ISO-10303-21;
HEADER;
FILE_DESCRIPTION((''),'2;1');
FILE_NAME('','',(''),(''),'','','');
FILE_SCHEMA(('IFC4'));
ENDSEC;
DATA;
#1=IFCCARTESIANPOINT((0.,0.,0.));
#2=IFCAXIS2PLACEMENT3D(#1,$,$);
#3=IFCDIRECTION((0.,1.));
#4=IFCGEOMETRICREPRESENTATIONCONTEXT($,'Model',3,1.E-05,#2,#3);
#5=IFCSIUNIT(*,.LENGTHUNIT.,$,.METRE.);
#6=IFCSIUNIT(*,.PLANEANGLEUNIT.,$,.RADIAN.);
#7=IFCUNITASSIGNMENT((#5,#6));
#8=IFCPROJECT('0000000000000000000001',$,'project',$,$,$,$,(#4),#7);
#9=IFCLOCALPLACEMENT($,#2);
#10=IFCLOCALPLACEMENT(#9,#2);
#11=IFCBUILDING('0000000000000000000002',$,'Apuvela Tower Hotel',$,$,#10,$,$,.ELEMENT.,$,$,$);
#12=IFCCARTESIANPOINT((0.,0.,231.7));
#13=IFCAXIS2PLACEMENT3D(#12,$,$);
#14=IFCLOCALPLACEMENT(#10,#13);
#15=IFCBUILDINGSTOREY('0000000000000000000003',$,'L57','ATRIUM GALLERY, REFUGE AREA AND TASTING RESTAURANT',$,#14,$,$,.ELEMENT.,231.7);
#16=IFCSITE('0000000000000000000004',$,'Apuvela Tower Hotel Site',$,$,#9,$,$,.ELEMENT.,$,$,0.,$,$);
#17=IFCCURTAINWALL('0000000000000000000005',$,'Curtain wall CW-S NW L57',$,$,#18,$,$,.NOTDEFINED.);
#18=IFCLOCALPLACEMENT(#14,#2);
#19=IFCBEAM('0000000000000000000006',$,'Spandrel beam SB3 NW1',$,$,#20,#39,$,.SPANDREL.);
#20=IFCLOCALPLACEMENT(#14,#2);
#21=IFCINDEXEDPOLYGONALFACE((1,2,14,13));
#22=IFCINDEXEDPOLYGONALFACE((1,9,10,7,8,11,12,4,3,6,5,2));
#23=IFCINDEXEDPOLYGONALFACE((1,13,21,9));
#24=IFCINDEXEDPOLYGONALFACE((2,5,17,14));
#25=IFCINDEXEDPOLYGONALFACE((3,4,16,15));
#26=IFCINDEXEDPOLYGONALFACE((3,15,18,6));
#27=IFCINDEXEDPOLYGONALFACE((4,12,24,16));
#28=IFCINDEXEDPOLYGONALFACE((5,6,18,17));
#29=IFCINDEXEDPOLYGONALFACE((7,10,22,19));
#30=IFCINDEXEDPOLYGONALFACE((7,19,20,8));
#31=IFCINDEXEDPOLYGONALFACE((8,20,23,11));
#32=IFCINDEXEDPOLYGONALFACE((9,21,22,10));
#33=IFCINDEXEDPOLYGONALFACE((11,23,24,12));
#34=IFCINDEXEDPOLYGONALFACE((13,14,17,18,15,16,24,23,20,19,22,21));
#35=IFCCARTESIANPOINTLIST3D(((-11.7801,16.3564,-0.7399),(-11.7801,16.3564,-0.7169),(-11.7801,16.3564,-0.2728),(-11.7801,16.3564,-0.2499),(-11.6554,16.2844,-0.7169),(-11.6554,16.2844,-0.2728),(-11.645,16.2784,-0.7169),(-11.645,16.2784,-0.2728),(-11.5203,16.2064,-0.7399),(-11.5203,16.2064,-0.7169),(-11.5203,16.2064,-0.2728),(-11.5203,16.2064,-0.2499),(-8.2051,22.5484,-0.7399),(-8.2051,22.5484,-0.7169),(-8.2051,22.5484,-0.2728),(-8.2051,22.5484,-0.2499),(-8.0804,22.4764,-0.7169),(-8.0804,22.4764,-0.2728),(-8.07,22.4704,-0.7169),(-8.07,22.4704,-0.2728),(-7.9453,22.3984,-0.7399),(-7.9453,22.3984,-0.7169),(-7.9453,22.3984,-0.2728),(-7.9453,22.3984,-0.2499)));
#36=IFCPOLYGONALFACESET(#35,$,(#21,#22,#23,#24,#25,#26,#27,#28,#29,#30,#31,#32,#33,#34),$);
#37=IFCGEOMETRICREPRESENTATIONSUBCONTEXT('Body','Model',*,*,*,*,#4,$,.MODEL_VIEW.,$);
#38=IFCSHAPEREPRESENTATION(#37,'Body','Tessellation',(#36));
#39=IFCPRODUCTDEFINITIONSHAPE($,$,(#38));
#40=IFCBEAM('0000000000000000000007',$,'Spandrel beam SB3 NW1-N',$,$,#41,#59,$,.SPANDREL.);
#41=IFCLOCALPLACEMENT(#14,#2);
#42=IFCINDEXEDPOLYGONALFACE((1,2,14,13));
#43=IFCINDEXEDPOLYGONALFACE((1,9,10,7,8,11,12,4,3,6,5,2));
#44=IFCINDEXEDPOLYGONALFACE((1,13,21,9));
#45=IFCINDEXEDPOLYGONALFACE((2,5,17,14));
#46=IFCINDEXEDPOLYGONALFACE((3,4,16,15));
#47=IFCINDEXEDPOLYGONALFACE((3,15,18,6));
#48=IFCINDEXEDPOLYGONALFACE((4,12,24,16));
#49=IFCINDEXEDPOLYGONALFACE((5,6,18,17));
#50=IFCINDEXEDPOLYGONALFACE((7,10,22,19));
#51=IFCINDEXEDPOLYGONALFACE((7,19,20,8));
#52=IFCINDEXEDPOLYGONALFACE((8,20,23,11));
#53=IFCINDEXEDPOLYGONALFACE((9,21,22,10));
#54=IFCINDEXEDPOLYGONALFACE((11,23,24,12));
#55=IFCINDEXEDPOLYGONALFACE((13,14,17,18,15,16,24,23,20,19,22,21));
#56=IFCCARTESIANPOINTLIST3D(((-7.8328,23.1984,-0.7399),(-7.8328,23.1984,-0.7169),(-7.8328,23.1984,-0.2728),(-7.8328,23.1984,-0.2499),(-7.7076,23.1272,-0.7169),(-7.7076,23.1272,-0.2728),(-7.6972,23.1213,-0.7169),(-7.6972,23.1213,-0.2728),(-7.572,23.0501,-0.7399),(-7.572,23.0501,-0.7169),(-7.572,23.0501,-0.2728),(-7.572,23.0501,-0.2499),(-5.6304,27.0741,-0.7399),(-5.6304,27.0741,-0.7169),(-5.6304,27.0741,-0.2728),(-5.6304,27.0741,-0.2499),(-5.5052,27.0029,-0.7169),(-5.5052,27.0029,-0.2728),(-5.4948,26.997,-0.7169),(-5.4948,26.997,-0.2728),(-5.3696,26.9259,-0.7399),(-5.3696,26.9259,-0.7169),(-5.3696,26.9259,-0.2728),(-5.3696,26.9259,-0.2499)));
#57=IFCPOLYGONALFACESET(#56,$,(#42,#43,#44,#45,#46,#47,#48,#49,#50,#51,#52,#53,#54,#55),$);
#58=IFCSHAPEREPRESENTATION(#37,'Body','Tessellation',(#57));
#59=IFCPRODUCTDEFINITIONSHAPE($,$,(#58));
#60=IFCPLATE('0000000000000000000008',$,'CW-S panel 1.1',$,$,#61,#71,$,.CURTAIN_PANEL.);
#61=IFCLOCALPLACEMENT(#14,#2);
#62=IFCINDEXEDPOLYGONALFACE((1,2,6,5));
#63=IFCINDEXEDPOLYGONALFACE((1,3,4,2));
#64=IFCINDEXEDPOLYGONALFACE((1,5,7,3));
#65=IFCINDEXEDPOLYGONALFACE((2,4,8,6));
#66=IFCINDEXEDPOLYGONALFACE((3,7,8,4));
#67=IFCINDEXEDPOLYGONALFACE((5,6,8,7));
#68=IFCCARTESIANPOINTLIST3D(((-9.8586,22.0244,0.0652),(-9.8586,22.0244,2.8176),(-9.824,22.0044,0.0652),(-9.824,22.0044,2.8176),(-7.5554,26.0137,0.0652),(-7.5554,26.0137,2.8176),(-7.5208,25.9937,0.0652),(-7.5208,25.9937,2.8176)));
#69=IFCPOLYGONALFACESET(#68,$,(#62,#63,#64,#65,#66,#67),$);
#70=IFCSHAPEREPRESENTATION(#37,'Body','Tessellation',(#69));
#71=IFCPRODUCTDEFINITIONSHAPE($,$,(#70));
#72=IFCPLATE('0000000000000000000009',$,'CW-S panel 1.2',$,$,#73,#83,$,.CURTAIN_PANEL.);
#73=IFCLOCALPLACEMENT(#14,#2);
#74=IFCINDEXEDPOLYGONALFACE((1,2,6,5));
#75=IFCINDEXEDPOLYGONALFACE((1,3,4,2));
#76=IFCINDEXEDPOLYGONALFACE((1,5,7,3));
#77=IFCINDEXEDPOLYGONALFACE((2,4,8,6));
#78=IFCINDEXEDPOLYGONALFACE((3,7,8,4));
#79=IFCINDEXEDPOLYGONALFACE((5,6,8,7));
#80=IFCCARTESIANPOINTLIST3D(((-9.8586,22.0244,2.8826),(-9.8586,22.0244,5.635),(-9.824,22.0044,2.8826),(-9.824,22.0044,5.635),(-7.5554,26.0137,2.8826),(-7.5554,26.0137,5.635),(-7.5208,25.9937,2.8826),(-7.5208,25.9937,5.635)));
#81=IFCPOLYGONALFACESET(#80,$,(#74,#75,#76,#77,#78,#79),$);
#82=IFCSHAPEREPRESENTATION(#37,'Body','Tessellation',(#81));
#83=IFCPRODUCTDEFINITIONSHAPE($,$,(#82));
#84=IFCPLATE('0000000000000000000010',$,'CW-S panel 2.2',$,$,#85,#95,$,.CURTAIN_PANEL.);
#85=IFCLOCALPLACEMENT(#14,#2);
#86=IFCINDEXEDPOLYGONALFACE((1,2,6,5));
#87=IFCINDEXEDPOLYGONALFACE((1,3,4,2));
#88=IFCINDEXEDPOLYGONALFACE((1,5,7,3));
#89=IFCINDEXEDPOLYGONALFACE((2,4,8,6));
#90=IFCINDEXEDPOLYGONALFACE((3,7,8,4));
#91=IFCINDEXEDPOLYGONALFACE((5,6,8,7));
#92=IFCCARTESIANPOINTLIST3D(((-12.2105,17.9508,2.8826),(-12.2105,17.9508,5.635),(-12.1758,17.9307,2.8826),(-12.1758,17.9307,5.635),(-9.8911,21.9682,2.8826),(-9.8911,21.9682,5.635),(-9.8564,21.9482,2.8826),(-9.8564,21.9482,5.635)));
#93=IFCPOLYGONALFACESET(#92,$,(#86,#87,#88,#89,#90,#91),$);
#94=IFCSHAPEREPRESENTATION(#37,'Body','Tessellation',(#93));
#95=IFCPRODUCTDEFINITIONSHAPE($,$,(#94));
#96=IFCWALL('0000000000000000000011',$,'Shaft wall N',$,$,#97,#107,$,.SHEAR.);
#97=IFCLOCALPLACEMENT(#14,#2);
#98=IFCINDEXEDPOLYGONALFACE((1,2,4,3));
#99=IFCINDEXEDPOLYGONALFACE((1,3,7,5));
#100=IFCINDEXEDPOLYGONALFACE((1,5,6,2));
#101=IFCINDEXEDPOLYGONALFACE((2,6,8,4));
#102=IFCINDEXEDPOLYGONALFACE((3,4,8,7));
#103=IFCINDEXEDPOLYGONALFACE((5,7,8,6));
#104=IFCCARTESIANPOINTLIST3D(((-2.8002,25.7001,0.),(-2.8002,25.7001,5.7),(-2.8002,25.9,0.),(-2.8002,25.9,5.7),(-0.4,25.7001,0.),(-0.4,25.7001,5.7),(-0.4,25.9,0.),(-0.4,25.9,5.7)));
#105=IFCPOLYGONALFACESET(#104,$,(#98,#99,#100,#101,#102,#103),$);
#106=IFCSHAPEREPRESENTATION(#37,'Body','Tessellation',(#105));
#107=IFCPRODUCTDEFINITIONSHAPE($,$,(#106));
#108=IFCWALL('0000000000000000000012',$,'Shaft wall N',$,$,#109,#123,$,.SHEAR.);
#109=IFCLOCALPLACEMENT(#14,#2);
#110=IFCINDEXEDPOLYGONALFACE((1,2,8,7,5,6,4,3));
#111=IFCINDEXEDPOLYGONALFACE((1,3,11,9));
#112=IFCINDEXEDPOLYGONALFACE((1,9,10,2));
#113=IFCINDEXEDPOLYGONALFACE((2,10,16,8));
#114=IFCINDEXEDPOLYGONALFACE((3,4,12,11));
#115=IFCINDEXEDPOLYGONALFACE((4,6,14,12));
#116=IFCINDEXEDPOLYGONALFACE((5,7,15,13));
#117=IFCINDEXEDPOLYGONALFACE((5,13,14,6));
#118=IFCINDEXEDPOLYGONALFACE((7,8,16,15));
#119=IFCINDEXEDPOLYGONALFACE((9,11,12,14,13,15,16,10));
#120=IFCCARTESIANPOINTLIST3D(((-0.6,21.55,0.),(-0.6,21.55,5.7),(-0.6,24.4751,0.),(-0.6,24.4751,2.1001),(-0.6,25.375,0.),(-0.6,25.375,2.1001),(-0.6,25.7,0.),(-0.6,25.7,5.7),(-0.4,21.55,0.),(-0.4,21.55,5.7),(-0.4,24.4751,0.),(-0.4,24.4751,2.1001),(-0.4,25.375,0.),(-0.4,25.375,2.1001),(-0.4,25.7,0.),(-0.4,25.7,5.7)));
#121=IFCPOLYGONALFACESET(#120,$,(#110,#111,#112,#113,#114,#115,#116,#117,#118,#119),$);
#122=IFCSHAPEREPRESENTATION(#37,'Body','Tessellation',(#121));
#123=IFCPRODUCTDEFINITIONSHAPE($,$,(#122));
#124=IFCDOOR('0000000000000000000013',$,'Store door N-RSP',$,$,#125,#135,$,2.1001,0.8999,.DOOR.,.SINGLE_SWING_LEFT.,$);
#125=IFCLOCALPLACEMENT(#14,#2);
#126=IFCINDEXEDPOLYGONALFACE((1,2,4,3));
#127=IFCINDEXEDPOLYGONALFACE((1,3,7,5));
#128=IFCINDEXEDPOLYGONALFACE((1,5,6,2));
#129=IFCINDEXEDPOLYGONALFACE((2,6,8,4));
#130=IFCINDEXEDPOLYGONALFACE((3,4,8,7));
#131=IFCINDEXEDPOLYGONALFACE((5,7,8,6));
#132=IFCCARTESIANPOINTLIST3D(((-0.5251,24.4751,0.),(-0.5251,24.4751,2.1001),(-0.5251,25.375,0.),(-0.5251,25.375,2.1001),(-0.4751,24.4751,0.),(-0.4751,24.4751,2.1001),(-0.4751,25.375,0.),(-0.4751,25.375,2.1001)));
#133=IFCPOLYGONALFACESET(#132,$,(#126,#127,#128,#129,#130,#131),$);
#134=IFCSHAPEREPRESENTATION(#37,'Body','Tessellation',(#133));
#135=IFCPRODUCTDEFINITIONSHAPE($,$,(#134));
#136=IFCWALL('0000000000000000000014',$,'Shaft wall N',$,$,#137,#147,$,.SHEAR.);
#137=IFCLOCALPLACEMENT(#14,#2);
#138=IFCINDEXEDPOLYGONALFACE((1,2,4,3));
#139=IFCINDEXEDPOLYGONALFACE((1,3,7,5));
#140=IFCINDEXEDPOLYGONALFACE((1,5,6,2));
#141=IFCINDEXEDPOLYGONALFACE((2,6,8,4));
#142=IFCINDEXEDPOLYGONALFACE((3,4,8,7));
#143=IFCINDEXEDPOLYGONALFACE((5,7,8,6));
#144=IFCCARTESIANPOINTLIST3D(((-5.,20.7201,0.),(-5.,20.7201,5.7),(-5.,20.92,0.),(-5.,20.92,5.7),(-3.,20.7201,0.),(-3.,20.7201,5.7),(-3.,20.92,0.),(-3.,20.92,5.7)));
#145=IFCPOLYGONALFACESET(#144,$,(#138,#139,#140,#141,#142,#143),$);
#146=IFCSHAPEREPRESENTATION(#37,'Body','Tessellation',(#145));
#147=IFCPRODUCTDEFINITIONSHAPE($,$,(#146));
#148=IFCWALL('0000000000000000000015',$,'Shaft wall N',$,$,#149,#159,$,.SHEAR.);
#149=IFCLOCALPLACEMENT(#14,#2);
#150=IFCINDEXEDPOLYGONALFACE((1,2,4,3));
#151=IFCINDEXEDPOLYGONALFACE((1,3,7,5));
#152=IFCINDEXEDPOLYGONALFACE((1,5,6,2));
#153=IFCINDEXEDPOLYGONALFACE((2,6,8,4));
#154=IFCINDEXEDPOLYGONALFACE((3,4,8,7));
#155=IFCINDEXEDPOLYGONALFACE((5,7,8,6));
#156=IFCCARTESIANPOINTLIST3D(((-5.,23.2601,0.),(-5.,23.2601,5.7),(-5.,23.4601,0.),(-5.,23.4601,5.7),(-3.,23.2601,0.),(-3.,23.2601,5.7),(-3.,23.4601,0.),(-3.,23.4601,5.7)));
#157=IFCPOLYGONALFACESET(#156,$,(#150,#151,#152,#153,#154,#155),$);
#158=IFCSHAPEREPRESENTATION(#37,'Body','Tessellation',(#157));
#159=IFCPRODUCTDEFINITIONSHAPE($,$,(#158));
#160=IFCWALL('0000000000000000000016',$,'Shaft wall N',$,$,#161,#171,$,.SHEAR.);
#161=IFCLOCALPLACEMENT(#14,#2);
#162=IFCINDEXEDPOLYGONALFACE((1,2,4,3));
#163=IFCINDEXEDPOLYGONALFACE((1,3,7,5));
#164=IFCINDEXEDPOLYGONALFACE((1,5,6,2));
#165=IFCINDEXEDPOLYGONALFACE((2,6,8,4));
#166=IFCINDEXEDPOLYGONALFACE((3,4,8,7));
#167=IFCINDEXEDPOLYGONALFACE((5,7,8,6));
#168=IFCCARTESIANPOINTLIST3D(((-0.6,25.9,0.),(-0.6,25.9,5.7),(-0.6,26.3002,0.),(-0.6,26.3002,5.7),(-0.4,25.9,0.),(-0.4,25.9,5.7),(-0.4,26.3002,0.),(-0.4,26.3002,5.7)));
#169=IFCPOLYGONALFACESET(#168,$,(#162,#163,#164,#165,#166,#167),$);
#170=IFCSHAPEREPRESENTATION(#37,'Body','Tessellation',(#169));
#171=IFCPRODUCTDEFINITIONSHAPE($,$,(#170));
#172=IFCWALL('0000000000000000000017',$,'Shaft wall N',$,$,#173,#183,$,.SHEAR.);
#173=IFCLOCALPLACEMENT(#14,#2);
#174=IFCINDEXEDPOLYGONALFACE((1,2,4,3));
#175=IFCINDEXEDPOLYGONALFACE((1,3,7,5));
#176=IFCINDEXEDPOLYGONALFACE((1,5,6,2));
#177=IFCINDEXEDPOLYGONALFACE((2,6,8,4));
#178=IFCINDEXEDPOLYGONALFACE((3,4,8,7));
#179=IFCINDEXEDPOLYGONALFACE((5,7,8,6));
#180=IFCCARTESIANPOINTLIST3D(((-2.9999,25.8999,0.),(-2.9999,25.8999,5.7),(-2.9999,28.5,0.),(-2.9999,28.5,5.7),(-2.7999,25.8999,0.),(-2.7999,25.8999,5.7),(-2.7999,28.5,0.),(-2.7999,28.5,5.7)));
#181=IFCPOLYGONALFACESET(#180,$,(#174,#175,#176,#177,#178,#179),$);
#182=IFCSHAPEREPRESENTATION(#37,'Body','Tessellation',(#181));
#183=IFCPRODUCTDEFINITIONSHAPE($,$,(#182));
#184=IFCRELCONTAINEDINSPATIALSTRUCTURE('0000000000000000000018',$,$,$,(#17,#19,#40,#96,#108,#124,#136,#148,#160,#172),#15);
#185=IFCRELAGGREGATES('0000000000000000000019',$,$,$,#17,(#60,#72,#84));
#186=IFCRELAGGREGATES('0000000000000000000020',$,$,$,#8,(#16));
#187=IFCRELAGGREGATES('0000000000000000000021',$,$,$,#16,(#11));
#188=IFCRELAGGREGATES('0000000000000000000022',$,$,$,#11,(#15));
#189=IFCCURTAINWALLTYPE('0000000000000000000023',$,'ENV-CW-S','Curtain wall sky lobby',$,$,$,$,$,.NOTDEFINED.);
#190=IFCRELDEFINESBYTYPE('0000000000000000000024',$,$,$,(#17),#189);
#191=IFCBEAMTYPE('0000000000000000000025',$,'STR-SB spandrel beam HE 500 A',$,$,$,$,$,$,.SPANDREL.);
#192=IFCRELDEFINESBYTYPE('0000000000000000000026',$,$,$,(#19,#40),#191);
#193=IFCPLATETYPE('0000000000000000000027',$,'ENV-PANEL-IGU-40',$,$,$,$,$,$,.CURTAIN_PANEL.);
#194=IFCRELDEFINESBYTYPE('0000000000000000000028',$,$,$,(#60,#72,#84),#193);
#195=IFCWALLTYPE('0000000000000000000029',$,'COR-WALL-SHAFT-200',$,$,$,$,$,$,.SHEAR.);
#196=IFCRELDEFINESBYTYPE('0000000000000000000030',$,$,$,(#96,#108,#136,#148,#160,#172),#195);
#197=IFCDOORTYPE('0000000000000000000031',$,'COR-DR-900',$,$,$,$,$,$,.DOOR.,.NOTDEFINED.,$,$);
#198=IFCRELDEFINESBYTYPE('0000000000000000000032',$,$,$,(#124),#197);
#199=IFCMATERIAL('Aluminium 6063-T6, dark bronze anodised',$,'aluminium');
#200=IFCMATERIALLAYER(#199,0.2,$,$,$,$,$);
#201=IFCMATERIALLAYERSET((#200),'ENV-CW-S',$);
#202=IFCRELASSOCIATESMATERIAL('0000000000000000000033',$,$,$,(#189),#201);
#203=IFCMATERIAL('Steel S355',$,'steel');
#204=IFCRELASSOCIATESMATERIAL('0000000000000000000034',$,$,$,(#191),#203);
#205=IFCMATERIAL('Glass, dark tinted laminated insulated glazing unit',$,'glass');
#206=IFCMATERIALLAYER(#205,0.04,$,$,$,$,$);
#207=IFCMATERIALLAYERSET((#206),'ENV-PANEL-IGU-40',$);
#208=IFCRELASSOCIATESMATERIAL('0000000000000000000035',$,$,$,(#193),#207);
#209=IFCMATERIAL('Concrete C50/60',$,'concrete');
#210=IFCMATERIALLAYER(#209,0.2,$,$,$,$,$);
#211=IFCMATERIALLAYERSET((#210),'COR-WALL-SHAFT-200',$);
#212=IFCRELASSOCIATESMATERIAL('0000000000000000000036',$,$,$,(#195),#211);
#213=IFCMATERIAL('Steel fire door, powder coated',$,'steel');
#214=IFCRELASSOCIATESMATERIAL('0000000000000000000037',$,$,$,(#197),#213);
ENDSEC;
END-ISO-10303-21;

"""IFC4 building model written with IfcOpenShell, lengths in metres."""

from ifc_helpers import new_model, si_unit, direction, frame, frame_2d, origin, origin_2d, place, context, subcontext, project, spatial, rectangle, i_section, extrude, material, layer, layer_set, material_profile, profile_set, type_object, element, fill, aggregate, save


model = new_model("IFC4")

# Units and contexts
model_context = context("Model", 3, precision=1e-05, world=origin(), true_north=direction((0.0, 1.0)))
body_context = subcontext(model_context, "Body", "Model", "MODEL_VIEW")
ifc_project = project(units=[si_unit("LENGTHUNIT", "METRE"), si_unit("PLANEANGLEUNIT", "RADIAN")], contexts=[model_context])

# Site, building, storey
site_placement = place(None, origin())
site = spatial("IfcSite", under=ifc_project, at=site_placement, Name="Apuvela Tower Hotel Site", CompositionType="ELEMENT", RefElevation=0.0)
building_placement = place(site_placement, origin())
building = spatial("IfcBuilding", under=site, at=building_placement, Name="Apuvela Tower Hotel", CompositionType="ELEMENT")
storey_placement = place(building_placement, frame((0.0, 0.0, 231.7)))
storey = spatial("IfcBuildingStorey", under=building, at=storey_placement, Name="L57", Description="ATRIUM GALLERY, REFUGE AREA AND TASTING RESTAURANT", CompositionType="ELEMENT", Elevation=231.7)

# Curtain wall
ifc_material_1 = material(Name="Aluminium 6063-T6, dark bronze anodised", Category="aluminium")
ifc_layer_1 = layer(ifc_material_1, 0.2)
ifc_layer_set_1 = layer_set([ifc_layer_1], Name="ENV-CW-S")
curtain_wall_type = type_object("IfcCurtainWallType", Name="ENV-CW-S", Description="Curtain wall sky lobby", PredefinedType="NOTDEFINED", material=ifc_layer_set_1)
curtain_wall_placement = place(storey_placement, origin())
curtain_wall = element("IfcCurtainWall", 1, at=curtain_wall_placement, inside=storey, type_object=curtain_wall_type, Name="Curtain wall CW-S NW L57", PredefinedType="NOTDEFINED")

# Beams
ifc_material_2 = material(Name="Steel S355", Category="steel")
ifc_material_profile_1 = material_profile(ifc_material_2, i_section(OverallWidth=0.3, OverallDepth=0.49, WebThickness=0.012, FlangeThickness=0.0229, at=origin_2d()), Name="HE 500 A")
ifc_profile_set_1 = profile_set([ifc_material_profile_1], Name="Steel S355")
beam_type_1 = type_object("IfcBeamType", Name="STR-SB spandrel beam HE 500 A", PredefinedType="SPANDREL", material=ifc_profile_set_1)
beam_1_placement = place(storey_placement, frame((-8.0752, 22.4734, -0.4949), z_axis=(-0.500006, -0.866022, 0.0), x_axis=(0.866022, -0.500006, 0.0)))
element("IfcBeam", 2, at=beam_1_placement, inside=storey, type_object=beam_type_1, Name="Spandrel beam SB3 NW1", PredefinedType="SPANDREL", context=body_context, shape_type="SweptSolid", body=[
    extrude(i_section(OverallWidth=0.3, OverallDepth=0.49, WebThickness=0.012, FlangeThickness=0.0229, at=origin_2d()), origin(), (0.0, 0.0, 1.0), 7.1499),
])
beam_2_placement = place(storey_placement, frame((-7.7024, 23.1243, -0.4949), z_axis=(0.494056, 0.86943, 0.0), x_axis=(-0.86943, 0.494056, 0.0)))
element("IfcBeam", 3, at=beam_2_placement, inside=storey, type_object=beam_type_1, Name="Spandrel beam SB3 NW1-N", PredefinedType="SPANDREL", context=body_context, shape_type="SweptSolid", body=[
    extrude(i_section(OverallWidth=0.3, OverallDepth=0.49, WebThickness=0.012, FlangeThickness=0.0229, at=origin_2d()), origin(), (0.0, 0.0, 1.0), 4.4578),
])

# Plates
ifc_material_3 = material(Name="Glass, dark tinted laminated insulated glazing unit", Category="glass")
ifc_layer_2 = layer(ifc_material_3, 0.04)
ifc_layer_set_2 = layer_set([ifc_layer_2], Name="ENV-PANEL-IGU-40")
plate_type = type_object("IfcPlateType", Name="ENV-PANEL-IGU-40", PredefinedType="CURTAIN_PANEL", material=ifc_layer_set_2)
plate_1_placement = place(storey_placement, frame((-8.6897, 24.009, 0.0652), z_axis=(0.0, 0.0, 1.0), x_axis=(-0.499999, -0.866026, 0.0)))
plate_1 = element("IfcPlate", 4, at=plate_1_placement, type_object=plate_type, Name="CW-S panel 1.1", PredefinedType="CURTAIN_PANEL", context=body_context, shape_type="SweptSolid", body=[
    extrude(rectangle(XDim=4.6064, YDim=0.04, at=origin_2d()), origin(), (0.0, 0.0, 1.0), 2.7524),
])
plate_2_placement = place(storey_placement, frame((-8.6897, 24.009, 2.8826), z_axis=(0.0, 0.0, 1.0), x_axis=(-0.499999, -0.866026, 0.0)))
plate_2 = element("IfcPlate", 5, at=plate_2_placement, type_object=plate_type, Name="CW-S panel 1.2", PredefinedType="CURTAIN_PANEL", context=body_context, shape_type="SweptSolid", body=[
    extrude(rectangle(XDim=4.6064, YDim=0.04, at=origin_2d()), origin(), (0.0, 0.0, 1.0), 2.7524),
])
plate_3_placement = place(storey_placement, frame((-11.0334, 19.9495, 2.8826), z_axis=(0.0, 0.0, 1.0), x_axis=(-0.499999, -0.866026, 0.0)))
plate_3 = element("IfcPlate", 6, at=plate_3_placement, type_object=plate_type, Name="CW-S panel 2.2", PredefinedType="CURTAIN_PANEL", context=body_context, shape_type="SweptSolid", body=[
    extrude(rectangle(XDim=4.6389, YDim=0.04, at=origin_2d()), origin(), (0.0, 0.0, 1.0), 2.7524),
])
aggregate(curtain_wall, [plate_1, plate_2, plate_3])

# Wall
ifc_material_4 = material(Name="Concrete C50/60", Category="concrete")
ifc_layer_3 = layer(ifc_material_4, 0.2)
ifc_layer_set_3 = layer_set([ifc_layer_3], Name="COR-WALL-SHAFT-200")
wall_type_1 = type_object("IfcWallType", Name="COR-WALL-SHAFT-200", PredefinedType="SHEAR", material=ifc_layer_set_3)
wall_1_placement = place(storey_placement, frame((-0.3999, 25.8, 0.0), z_axis=(0.0, 0.0, 1.0), x_axis=(-1.0, 0.0, 0.0)))
element("IfcWall", 7, at=wall_1_placement, inside=storey, type_object=wall_type_1, Name="Shaft wall N", PredefinedType="SHEAR", context=body_context, shape_type="SweptSolid", body=[
    extrude(rectangle(XDim=2.4001, YDim=0.2, at=frame_2d((1.2002, 0.0))), origin(), (0.0, 0.0, 1.0), 5.7),
])

# Wall, opening, door
wall_2_placement = place(storey_placement, frame((-0.5, 21.55, 0.0), z_axis=(0.0, 0.0, 1.0), x_axis=(0.0, 1.0, 0.0)))
wall_2 = element("IfcWall", 8, at=wall_2_placement, inside=storey, type_object=wall_type_1, Name="Shaft wall N", PredefinedType="SHEAR", context=body_context, shape_type="SweptSolid", body=[
    extrude(rectangle(XDim=4.1499, YDim=0.2, at=frame_2d((2.075, 0.0))), origin(), (0.0, 0.0, 1.0), 5.7),
])
opening_placement = place(wall_2_placement, frame((2.925, 0.0, 0.0)))
opening = element("IfcOpeningElement", 9, at=opening_placement, cuts=wall_2, PredefinedType="OPENING", context=body_context, shape_type="SweptSolid", body=[
    extrude(rectangle(XDim=0.8999, YDim=2.1001, at=frame_2d((0.45, 1.05))), frame((0.0, 0.1099, 0.0), z_axis=(0.0, -1.0, 0.0), x_axis=(1.0, 0.0, 0.0)), (0.0, 0.0, 1.0), 0.22),
])
ifc_material_5 = material(Name="Steel fire door, powder coated", Category="steel")
door_type = type_object("IfcDoorType", Name="COR-DR-900", OperationType="NOTDEFINED", PredefinedType="DOOR", material=ifc_material_5)
door_placement = place(opening_placement, frame((0.8999, 0.0, 0.0), z_axis=(0.0, 0.0, 1.0), x_axis=(-1.0, 0.0, 0.0)))
door = element("IfcDoor", 10, at=door_placement, inside=storey, type_object=door_type, Name="Store door N-RSP", OperationType="SINGLE_SWING_LEFT", OverallHeight=2.1001, OverallWidth=0.8999, PredefinedType="DOOR", context=body_context, shape_type="SweptSolid", body=[
    extrude(rectangle(XDim=0.8999, YDim=2.1001, at=frame_2d((0.45, 1.05))), frame((0.0, 0.0249, 0.0), z_axis=(0.0, -1.0, 0.0), x_axis=(1.0, 0.0, 0.0)), (0.0, 0.0, 1.0), 0.05),
])
fill(opening, door)

# Walls
for number, where, z_axis, x_axis, name in (
    (11, (-3.0, 20.8201, 0.0), (0.0, 0.0, 1.0), (-1.0, 0.0, 0.0), "Shaft wall N"),
    (12, (-3.0, 23.3601, 0.0), (0.0, 0.0, 1.0), (-1.0, 0.0, 0.0), "Shaft wall N"),
):
    element("IfcWall", number, at=place(storey_placement, frame(where, z_axis=z_axis, x_axis=x_axis)), inside=storey, type_object=wall_type_1, Name=name, PredefinedType="SHEAR", context=body_context, shape_type="SweptSolid", body=[
        extrude(rectangle(XDim=2.0, YDim=0.2, at=frame_2d((1.0, 0.0))), origin(), (0.0, 0.0, 1.0), 5.7),
    ])
wall_3_placement = place(storey_placement, frame((-0.5, 25.8999, 0.0), z_axis=(0.0, 0.0, 1.0), x_axis=(0.0, 1.0, 0.0)))
element("IfcWall", 13, at=wall_3_placement, inside=storey, type_object=wall_type_1, Name="Shaft wall N", PredefinedType="SHEAR", context=body_context, shape_type="SweptSolid", body=[
    extrude(rectangle(XDim=0.4001, YDim=0.2, at=frame_2d((0.2002, 0.0))), origin(), (0.0, 0.0, 1.0), 5.7),
])
wall_4_placement = place(storey_placement, frame((-2.8999, 25.8999, 0.0), z_axis=(0.0, 0.0, 1.0), x_axis=(0.0, 1.0, 0.0)))
element("IfcWall", 14, at=wall_4_placement, inside=storey, type_object=wall_type_1, Name="Shaft wall N", PredefinedType="SHEAR", context=body_context, shape_type="SweptSolid", body=[
    extrude(rectangle(XDim=2.6001, YDim=0.2, at=frame_2d((1.3, 0.0))), origin(), (0.0, 0.0, 1.0), 5.7),
])

save(model, "model.ifc")
